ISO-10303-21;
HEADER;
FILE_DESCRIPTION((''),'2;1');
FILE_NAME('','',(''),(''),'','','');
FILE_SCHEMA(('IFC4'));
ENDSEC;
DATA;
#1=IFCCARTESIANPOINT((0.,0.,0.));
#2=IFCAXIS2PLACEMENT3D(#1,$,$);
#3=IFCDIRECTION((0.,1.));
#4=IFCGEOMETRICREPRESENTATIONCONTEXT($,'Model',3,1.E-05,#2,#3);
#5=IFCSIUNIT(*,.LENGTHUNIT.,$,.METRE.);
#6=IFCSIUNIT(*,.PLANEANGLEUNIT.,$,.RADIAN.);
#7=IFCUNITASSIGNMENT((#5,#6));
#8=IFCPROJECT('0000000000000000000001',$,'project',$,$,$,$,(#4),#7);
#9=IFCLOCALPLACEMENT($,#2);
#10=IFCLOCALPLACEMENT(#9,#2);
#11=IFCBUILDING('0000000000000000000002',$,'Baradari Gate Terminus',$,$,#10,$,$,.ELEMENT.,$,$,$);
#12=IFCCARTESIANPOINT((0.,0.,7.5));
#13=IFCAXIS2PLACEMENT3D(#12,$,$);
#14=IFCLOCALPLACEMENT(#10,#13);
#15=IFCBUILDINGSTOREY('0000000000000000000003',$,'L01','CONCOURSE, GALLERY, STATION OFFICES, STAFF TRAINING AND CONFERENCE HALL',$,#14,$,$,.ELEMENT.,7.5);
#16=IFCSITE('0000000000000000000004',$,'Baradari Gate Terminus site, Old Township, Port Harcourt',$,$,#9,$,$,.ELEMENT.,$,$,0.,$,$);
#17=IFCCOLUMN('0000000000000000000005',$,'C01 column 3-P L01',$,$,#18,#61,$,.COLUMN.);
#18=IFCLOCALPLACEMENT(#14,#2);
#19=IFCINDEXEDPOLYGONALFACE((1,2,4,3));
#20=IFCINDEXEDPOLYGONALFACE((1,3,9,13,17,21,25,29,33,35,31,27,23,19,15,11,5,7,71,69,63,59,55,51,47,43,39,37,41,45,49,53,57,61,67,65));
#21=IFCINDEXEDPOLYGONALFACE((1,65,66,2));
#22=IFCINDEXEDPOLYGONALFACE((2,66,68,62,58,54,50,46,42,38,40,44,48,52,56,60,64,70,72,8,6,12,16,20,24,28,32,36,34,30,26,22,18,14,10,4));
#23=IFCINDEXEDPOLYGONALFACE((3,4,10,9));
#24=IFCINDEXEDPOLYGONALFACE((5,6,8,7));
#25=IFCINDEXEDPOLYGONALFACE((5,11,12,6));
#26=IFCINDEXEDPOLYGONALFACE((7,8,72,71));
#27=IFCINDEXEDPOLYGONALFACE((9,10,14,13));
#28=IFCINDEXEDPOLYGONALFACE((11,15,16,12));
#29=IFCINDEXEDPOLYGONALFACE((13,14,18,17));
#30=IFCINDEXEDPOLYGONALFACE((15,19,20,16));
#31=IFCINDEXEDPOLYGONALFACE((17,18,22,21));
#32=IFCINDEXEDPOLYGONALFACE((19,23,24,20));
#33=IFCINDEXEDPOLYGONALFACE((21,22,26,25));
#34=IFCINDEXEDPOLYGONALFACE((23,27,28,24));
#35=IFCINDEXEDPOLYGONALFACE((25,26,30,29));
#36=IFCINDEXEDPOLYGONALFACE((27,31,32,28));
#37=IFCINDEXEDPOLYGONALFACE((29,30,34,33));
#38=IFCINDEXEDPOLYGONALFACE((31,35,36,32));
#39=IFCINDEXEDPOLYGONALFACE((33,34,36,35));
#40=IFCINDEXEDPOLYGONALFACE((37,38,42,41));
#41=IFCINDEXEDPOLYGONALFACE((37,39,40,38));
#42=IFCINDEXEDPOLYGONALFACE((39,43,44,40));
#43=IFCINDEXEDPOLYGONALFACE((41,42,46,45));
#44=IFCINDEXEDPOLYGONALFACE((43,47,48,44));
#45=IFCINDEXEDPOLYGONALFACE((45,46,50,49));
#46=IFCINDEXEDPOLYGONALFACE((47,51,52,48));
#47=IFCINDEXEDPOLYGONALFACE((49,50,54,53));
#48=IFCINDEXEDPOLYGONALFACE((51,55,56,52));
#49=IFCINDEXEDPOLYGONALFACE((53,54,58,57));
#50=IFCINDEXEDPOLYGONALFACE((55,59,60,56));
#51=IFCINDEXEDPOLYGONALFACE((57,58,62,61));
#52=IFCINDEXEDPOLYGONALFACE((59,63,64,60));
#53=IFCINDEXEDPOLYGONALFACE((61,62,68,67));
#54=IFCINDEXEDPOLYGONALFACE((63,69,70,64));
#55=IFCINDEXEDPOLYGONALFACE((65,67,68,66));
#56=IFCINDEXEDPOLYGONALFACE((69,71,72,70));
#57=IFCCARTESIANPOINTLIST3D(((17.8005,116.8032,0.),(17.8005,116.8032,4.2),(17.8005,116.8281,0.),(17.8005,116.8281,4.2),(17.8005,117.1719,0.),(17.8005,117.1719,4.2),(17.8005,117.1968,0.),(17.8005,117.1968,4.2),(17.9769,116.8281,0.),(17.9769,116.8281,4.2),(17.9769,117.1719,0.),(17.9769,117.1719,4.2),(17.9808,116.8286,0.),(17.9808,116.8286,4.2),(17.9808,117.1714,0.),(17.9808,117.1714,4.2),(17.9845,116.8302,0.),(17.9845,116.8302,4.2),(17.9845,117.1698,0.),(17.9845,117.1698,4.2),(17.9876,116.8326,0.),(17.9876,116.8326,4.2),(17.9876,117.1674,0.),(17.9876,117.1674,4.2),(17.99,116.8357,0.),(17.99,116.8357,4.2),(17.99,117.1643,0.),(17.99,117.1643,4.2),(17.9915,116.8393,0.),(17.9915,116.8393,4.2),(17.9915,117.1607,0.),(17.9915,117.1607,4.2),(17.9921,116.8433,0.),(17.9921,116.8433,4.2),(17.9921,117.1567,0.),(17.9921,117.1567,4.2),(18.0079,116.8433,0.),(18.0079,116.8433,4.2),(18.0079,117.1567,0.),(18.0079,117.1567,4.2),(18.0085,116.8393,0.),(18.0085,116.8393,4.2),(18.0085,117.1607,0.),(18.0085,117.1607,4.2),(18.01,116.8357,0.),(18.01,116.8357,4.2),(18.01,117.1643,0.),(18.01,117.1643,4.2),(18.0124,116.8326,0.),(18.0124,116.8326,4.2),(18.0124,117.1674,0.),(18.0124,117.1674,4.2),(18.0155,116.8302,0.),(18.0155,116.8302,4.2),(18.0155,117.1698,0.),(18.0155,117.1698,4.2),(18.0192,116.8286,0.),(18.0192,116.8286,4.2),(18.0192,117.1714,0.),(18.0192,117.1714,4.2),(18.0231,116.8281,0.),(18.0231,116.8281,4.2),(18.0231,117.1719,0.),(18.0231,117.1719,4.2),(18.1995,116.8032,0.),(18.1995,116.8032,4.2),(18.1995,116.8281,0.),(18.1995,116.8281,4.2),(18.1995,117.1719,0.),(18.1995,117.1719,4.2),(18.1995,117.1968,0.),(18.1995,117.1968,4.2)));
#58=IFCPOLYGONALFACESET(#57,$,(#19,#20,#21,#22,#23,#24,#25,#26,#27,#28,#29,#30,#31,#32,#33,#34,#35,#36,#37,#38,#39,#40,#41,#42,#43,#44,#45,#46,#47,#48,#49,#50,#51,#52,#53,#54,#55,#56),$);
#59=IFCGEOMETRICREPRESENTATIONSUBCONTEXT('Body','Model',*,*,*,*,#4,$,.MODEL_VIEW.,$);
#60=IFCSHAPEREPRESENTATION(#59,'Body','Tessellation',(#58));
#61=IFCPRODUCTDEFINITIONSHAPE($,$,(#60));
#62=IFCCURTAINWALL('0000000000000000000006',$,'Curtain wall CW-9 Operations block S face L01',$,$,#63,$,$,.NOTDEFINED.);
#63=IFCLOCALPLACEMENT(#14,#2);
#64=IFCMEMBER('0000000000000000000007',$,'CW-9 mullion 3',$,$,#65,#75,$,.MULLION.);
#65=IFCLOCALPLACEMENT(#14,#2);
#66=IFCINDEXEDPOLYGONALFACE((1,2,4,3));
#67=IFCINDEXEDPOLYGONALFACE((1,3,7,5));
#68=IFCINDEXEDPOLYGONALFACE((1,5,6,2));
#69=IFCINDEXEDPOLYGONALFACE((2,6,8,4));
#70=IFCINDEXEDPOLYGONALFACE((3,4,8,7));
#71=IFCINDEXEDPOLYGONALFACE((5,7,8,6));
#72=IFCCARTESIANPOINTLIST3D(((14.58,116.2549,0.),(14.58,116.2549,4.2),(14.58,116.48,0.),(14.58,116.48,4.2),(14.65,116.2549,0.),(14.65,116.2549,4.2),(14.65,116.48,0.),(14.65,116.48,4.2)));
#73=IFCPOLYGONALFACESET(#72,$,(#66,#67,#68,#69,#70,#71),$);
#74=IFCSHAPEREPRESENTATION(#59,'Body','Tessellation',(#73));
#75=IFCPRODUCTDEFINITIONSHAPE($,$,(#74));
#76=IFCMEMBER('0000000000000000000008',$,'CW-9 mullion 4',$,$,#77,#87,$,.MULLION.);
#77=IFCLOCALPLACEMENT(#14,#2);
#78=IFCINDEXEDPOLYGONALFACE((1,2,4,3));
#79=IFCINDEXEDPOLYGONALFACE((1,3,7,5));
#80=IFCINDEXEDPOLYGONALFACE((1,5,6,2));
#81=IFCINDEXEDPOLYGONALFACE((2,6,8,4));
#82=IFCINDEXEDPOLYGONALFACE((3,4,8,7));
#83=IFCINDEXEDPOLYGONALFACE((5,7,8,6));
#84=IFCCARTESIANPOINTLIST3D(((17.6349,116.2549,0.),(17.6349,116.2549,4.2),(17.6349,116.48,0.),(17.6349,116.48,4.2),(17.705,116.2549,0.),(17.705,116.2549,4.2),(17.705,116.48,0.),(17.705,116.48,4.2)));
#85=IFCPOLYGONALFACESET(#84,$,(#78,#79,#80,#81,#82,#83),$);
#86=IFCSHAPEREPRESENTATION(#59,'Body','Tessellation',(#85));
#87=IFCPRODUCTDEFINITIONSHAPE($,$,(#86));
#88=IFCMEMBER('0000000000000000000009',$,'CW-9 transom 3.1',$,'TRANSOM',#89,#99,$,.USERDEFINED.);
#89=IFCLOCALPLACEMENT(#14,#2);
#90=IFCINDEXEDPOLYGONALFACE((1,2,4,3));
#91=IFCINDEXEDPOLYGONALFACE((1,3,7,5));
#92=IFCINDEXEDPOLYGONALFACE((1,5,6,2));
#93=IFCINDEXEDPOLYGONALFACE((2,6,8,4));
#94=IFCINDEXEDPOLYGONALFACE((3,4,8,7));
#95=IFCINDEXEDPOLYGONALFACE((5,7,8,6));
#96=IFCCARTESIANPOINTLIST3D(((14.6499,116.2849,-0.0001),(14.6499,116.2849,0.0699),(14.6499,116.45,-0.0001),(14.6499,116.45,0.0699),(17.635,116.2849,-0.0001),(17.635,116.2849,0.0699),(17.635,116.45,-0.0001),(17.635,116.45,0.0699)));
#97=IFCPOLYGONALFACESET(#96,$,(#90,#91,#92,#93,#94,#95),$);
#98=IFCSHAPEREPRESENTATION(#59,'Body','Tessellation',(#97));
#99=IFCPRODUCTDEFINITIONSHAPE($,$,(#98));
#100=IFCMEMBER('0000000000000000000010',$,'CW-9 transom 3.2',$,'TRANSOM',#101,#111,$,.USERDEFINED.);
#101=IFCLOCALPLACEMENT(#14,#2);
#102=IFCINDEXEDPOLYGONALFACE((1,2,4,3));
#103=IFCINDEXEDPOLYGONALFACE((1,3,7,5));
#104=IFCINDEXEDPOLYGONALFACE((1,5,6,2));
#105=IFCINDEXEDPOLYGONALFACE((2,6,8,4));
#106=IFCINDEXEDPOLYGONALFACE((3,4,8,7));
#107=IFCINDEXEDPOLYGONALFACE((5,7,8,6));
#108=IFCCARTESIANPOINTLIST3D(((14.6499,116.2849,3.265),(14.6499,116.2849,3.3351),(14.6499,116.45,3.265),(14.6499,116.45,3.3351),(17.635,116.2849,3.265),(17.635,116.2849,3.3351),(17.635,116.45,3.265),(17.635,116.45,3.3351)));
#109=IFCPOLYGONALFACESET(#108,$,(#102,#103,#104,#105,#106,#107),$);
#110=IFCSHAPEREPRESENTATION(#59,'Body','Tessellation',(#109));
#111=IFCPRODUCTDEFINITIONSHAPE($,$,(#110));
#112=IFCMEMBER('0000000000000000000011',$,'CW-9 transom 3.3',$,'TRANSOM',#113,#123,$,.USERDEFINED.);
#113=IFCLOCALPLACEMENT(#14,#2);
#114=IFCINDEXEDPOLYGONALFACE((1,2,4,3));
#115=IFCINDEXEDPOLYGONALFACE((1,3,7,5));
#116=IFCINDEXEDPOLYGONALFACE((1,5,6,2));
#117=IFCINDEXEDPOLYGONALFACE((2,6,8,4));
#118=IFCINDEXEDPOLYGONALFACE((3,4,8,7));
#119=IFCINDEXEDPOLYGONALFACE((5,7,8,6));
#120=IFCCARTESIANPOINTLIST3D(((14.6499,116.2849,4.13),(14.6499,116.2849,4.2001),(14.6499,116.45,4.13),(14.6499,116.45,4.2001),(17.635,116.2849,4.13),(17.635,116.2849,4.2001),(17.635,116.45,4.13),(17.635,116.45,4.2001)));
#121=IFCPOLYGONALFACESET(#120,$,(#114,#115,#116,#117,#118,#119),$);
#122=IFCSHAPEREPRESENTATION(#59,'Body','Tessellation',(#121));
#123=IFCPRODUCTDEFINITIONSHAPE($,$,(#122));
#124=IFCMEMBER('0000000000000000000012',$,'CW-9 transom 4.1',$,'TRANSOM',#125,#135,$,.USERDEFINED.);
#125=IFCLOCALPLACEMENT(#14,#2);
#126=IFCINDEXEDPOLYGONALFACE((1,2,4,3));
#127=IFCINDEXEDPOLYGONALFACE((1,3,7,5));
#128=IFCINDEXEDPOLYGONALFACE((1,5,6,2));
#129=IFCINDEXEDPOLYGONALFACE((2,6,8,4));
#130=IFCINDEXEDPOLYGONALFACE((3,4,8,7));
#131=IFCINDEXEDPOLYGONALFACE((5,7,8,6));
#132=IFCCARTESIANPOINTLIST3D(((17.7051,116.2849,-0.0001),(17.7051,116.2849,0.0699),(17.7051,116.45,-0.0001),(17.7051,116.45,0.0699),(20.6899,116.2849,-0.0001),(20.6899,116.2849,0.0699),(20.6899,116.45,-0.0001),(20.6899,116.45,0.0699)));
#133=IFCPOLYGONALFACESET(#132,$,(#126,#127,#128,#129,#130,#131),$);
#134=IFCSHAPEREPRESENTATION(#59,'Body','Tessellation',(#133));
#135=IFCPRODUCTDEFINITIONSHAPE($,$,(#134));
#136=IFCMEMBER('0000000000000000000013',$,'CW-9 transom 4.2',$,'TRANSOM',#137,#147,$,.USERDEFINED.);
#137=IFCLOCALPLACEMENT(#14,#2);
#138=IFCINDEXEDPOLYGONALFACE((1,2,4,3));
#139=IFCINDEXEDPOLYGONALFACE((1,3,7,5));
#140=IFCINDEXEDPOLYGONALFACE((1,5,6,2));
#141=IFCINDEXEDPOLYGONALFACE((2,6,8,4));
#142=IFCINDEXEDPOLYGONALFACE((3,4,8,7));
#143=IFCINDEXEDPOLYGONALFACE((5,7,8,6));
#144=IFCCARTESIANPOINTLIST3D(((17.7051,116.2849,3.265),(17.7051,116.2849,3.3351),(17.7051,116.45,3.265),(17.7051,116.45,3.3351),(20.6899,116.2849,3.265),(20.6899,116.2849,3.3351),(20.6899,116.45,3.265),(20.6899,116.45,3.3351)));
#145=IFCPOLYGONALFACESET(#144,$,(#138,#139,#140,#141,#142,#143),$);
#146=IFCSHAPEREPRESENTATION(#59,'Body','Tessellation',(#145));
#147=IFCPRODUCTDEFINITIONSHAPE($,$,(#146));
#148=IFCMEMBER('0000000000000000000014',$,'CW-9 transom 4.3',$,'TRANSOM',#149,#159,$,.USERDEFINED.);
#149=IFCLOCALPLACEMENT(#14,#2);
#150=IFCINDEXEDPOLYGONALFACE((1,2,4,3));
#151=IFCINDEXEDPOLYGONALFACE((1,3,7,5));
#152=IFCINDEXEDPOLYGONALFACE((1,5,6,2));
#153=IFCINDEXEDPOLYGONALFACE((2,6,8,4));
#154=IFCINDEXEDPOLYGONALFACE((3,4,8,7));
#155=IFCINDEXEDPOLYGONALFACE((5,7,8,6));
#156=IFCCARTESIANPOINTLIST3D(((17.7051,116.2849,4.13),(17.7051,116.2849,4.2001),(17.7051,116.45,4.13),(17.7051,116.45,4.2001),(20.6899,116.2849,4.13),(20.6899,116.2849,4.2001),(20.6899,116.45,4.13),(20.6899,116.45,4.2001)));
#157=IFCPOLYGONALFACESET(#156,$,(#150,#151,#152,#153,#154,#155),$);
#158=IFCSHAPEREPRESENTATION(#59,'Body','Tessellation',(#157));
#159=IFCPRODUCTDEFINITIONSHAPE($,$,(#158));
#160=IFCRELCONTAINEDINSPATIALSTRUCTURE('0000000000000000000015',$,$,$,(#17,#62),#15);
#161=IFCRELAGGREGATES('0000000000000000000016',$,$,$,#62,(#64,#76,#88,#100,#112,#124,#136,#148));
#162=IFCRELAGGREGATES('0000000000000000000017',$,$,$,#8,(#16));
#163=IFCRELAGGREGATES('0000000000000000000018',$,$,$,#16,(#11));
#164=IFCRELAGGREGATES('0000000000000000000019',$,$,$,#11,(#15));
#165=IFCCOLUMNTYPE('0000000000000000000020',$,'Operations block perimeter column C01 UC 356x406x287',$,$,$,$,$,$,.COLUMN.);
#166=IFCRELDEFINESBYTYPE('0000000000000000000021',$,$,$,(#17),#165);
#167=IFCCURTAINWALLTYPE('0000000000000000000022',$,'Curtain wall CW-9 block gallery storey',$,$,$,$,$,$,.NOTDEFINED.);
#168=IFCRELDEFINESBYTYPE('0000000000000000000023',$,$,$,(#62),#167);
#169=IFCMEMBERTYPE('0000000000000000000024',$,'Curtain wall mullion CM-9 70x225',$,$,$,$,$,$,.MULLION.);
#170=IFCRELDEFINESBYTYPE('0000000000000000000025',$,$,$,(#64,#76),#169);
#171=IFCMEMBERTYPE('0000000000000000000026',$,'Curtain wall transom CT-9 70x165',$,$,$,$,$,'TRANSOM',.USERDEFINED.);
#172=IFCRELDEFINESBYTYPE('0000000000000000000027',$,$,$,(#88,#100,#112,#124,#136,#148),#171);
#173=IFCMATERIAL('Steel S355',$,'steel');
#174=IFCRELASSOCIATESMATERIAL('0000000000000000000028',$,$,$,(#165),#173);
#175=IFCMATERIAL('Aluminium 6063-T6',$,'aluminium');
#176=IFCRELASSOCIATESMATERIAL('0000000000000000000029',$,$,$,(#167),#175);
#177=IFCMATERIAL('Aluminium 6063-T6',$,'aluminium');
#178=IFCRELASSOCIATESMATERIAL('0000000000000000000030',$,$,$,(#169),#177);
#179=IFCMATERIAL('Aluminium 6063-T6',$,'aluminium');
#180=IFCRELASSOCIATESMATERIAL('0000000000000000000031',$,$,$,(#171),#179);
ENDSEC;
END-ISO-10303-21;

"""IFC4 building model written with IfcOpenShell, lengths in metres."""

from ifc_helpers import new_model, si_unit, direction, frame, origin, origin_2d, place, context, subcontext, project, spatial, rectangle, i_section, extrude, material, material_profile, profile_set, type_object, element, aggregate, save


model = new_model("IFC4")

# Units and contexts
model_context = context("Model", 3, precision=1e-05, world=origin(), true_north=direction((0.0, 1.0)))
body_context = subcontext(model_context, "Body", "Model", "MODEL_VIEW")
ifc_project = project(units=[si_unit("LENGTHUNIT", "METRE"), si_unit("PLANEANGLEUNIT", "RADIAN")], contexts=[model_context])

# Site, building, storey
site_placement = place(None, origin())
site = spatial("IfcSite", under=ifc_project, at=site_placement, Name="Baradari Gate Terminus site, Old Township, Port Harcourt", CompositionType="ELEMENT", RefElevation=0.0)
building_placement = place(site_placement, origin())
building = spatial("IfcBuilding", under=site, at=building_placement, Name="Baradari Gate Terminus", CompositionType="ELEMENT")
storey_placement = place(building_placement, frame((0.0, 0.0, 7.5)))
storey = spatial("IfcBuildingStorey", under=building, at=storey_placement, Name="L01", Description="CONCOURSE, GALLERY, STATION OFFICES, STAFF TRAINING AND CONFERENCE HALL", CompositionType="ELEMENT", Elevation=7.5)

# Column
ifc_material_1 = material(Name="Steel S355", Category="steel")
ifc_material_profile_1 = material_profile(ifc_material_1, i_section(OverallWidth=0.3989, OverallDepth=0.3936, WebThickness=0.0159, FlangeThickness=0.0249, FilletRadius=0.0151, at=origin_2d()), Name="UC 356x406x287")
ifc_profile_set_1 = profile_set([ifc_material_profile_1], Name="Steel S355")
column_type = type_object("IfcColumnType", Name="Operations block perimeter column C01 UC 356x406x287", PredefinedType="COLUMN", material=ifc_profile_set_1)
column_placement = place(storey_placement, frame((18.0, 117.0, 0.0), z_axis=(0.0, 0.0, 1.0), x_axis=(1.0, 0.0, 0.0)))
element("IfcColumn", 1, at=column_placement, inside=storey, type_object=column_type, Name="C01 column 3-P L01", PredefinedType="COLUMN", context=body_context, shape_type="SweptSolid", body=[
    extrude(i_section(OverallWidth=0.3989, OverallDepth=0.3936, WebThickness=0.0159, FlangeThickness=0.0249, FilletRadius=0.0151, at=origin_2d()), origin(), (0.0, 0.0, 1.0), 4.2),
])

# Curtain wall, members
ifc_material_2 = material(Name="Aluminium 6063-T6", Category="aluminium")
curtain_wall_type = type_object("IfcCurtainWallType", Name="Curtain wall CW-9 block gallery storey", PredefinedType="NOTDEFINED", material=ifc_material_2)
curtain_wall_placement = place(storey_placement, origin())
curtain_wall = element("IfcCurtainWall", 2, at=curtain_wall_placement, inside=storey, type_object=curtain_wall_type, Name="Curtain wall CW-9 Operations block S face L01", PredefinedType="NOTDEFINED")
ifc_material_3 = material(Name="Aluminium 6063-T6", Category="aluminium")
ifc_material_profile_2 = material_profile(ifc_material_3, rectangle(XDim=0.2251, YDim=0.0701, at=origin_2d()), Name="CM-9 70X225")
ifc_profile_set_2 = profile_set([ifc_material_profile_2], Name="Aluminium 6063-T6")
member_type_1 = type_object("IfcMemberType", Name="Curtain wall mullion CM-9 70x225", PredefinedType="MULLION", material=ifc_profile_set_2)
member_1_placement = place(storey_placement, frame((14.615, 116.3674, 0.0), z_axis=(0.0, 0.0, 1.0), x_axis=(0.0, 1.0, 0.0)))
member_1 = element("IfcMember", 3, at=member_1_placement, type_object=member_type_1, Name="CW-9 mullion 3", PredefinedType="MULLION", context=body_context, shape_type="SweptSolid", body=[
    extrude(rectangle(XDim=0.2251, YDim=0.0701, at=origin_2d()), origin(), (0.0, 0.0, 1.0), 4.2),
])
member_2_placement = place(storey_placement, frame((17.6699, 116.3674, 0.0), z_axis=(0.0, 0.0, 1.0), x_axis=(0.0, 1.0, 0.0)))
member_2 = element("IfcMember", 4, at=member_2_placement, type_object=member_type_1, Name="CW-9 mullion 4", PredefinedType="MULLION", context=body_context, shape_type="SweptSolid", body=[
    extrude(rectangle(XDim=0.2251, YDim=0.0701, at=origin_2d()), origin(), (0.0, 0.0, 1.0), 4.2),
])
ifc_material_4 = material(Name="Aluminium 6063-T6", Category="aluminium")
ifc_material_profile_3 = material_profile(ifc_material_4, rectangle(XDim=0.165, YDim=0.0701, at=origin_2d()), Name="CT-9 70X165")
ifc_profile_set_3 = profile_set([ifc_material_profile_3], Name="Aluminium 6063-T6")
member_type_2 = type_object("IfcMemberType", Name="Curtain wall transom CT-9 70x165", ElementType="TRANSOM", PredefinedType="USERDEFINED", material=ifc_profile_set_3)
member_3_placement = place(storey_placement, frame((14.6499, 116.3674, 0.0349), z_axis=(1.0, 0.0, 0.0), x_axis=(0.0, 1.0, 0.0)))
member_3 = element("IfcMember", 5, at=member_3_placement, type_object=member_type_2, Name="CW-9 transom 3.1", ObjectType="TRANSOM", PredefinedType="USERDEFINED", context=body_context, shape_type="SweptSolid", body=[
    extrude(rectangle(XDim=0.165, YDim=0.0701, at=origin_2d()), origin(), (0.0, 0.0, 1.0), 2.9851),
])
member_4_placement = place(storey_placement, frame((14.6499, 116.3674, 3.3), z_axis=(1.0, 0.0, 0.0), x_axis=(0.0, 1.0, 0.0)))
member_4 = element("IfcMember", 6, at=member_4_placement, type_object=member_type_2, Name="CW-9 transom 3.2", ObjectType="TRANSOM", PredefinedType="USERDEFINED", context=body_context, shape_type="SweptSolid", body=[
    extrude(rectangle(XDim=0.165, YDim=0.0701, at=origin_2d()), origin(), (0.0, 0.0, 1.0), 2.9851),
])
member_5_placement = place(storey_placement, frame((14.6499, 116.3674, 4.165), z_axis=(1.0, 0.0, 0.0), x_axis=(0.0, 1.0, 0.0)))
member_5 = element("IfcMember", 7, at=member_5_placement, type_object=member_type_2, Name="CW-9 transom 3.3", ObjectType="TRANSOM", PredefinedType="USERDEFINED", context=body_context, shape_type="SweptSolid", body=[
    extrude(rectangle(XDim=0.165, YDim=0.0701, at=origin_2d()), origin(), (0.0, 0.0, 1.0), 2.9851),
])
member_6_placement = place(storey_placement, frame((17.7051, 116.3674, 0.0349), z_axis=(1.0, 0.0, 0.0), x_axis=(0.0, 1.0, 0.0)))
member_6 = element("IfcMember", 8, at=member_6_placement, type_object=member_type_2, Name="CW-9 transom 4.1", ObjectType="TRANSOM", PredefinedType="USERDEFINED", context=body_context, shape_type="SweptSolid", body=[
    extrude(rectangle(XDim=0.165, YDim=0.0701, at=origin_2d()), origin(), (0.0, 0.0, 1.0), 2.9849),
])
member_7_placement = place(storey_placement, frame((17.7051, 116.3674, 3.3), z_axis=(1.0, 0.0, 0.0), x_axis=(0.0, 1.0, 0.0)))
member_7 = element("IfcMember", 9, at=member_7_placement, type_object=member_type_2, Name="CW-9 transom 4.2", ObjectType="TRANSOM", PredefinedType="USERDEFINED", context=body_context, shape_type="SweptSolid", body=[
    extrude(rectangle(XDim=0.165, YDim=0.0701, at=origin_2d()), origin(), (0.0, 0.0, 1.0), 2.9849),
])
member_8_placement = place(storey_placement, frame((17.7051, 116.3674, 4.165), z_axis=(1.0, 0.0, 0.0), x_axis=(0.0, 1.0, 0.0)))
member_8 = element("IfcMember", 10, at=member_8_placement, type_object=member_type_2, Name="CW-9 transom 4.3", ObjectType="TRANSOM", PredefinedType="USERDEFINED", context=body_context, shape_type="SweptSolid", body=[
    extrude(rectangle(XDim=0.165, YDim=0.0701, at=origin_2d()), origin(), (0.0, 0.0, 1.0), 2.9849),
])

aggregate(curtain_wall, [member_1, member_2, member_3, member_4, member_5, member_6, member_7, member_8])

save(model, "model.ifc")
